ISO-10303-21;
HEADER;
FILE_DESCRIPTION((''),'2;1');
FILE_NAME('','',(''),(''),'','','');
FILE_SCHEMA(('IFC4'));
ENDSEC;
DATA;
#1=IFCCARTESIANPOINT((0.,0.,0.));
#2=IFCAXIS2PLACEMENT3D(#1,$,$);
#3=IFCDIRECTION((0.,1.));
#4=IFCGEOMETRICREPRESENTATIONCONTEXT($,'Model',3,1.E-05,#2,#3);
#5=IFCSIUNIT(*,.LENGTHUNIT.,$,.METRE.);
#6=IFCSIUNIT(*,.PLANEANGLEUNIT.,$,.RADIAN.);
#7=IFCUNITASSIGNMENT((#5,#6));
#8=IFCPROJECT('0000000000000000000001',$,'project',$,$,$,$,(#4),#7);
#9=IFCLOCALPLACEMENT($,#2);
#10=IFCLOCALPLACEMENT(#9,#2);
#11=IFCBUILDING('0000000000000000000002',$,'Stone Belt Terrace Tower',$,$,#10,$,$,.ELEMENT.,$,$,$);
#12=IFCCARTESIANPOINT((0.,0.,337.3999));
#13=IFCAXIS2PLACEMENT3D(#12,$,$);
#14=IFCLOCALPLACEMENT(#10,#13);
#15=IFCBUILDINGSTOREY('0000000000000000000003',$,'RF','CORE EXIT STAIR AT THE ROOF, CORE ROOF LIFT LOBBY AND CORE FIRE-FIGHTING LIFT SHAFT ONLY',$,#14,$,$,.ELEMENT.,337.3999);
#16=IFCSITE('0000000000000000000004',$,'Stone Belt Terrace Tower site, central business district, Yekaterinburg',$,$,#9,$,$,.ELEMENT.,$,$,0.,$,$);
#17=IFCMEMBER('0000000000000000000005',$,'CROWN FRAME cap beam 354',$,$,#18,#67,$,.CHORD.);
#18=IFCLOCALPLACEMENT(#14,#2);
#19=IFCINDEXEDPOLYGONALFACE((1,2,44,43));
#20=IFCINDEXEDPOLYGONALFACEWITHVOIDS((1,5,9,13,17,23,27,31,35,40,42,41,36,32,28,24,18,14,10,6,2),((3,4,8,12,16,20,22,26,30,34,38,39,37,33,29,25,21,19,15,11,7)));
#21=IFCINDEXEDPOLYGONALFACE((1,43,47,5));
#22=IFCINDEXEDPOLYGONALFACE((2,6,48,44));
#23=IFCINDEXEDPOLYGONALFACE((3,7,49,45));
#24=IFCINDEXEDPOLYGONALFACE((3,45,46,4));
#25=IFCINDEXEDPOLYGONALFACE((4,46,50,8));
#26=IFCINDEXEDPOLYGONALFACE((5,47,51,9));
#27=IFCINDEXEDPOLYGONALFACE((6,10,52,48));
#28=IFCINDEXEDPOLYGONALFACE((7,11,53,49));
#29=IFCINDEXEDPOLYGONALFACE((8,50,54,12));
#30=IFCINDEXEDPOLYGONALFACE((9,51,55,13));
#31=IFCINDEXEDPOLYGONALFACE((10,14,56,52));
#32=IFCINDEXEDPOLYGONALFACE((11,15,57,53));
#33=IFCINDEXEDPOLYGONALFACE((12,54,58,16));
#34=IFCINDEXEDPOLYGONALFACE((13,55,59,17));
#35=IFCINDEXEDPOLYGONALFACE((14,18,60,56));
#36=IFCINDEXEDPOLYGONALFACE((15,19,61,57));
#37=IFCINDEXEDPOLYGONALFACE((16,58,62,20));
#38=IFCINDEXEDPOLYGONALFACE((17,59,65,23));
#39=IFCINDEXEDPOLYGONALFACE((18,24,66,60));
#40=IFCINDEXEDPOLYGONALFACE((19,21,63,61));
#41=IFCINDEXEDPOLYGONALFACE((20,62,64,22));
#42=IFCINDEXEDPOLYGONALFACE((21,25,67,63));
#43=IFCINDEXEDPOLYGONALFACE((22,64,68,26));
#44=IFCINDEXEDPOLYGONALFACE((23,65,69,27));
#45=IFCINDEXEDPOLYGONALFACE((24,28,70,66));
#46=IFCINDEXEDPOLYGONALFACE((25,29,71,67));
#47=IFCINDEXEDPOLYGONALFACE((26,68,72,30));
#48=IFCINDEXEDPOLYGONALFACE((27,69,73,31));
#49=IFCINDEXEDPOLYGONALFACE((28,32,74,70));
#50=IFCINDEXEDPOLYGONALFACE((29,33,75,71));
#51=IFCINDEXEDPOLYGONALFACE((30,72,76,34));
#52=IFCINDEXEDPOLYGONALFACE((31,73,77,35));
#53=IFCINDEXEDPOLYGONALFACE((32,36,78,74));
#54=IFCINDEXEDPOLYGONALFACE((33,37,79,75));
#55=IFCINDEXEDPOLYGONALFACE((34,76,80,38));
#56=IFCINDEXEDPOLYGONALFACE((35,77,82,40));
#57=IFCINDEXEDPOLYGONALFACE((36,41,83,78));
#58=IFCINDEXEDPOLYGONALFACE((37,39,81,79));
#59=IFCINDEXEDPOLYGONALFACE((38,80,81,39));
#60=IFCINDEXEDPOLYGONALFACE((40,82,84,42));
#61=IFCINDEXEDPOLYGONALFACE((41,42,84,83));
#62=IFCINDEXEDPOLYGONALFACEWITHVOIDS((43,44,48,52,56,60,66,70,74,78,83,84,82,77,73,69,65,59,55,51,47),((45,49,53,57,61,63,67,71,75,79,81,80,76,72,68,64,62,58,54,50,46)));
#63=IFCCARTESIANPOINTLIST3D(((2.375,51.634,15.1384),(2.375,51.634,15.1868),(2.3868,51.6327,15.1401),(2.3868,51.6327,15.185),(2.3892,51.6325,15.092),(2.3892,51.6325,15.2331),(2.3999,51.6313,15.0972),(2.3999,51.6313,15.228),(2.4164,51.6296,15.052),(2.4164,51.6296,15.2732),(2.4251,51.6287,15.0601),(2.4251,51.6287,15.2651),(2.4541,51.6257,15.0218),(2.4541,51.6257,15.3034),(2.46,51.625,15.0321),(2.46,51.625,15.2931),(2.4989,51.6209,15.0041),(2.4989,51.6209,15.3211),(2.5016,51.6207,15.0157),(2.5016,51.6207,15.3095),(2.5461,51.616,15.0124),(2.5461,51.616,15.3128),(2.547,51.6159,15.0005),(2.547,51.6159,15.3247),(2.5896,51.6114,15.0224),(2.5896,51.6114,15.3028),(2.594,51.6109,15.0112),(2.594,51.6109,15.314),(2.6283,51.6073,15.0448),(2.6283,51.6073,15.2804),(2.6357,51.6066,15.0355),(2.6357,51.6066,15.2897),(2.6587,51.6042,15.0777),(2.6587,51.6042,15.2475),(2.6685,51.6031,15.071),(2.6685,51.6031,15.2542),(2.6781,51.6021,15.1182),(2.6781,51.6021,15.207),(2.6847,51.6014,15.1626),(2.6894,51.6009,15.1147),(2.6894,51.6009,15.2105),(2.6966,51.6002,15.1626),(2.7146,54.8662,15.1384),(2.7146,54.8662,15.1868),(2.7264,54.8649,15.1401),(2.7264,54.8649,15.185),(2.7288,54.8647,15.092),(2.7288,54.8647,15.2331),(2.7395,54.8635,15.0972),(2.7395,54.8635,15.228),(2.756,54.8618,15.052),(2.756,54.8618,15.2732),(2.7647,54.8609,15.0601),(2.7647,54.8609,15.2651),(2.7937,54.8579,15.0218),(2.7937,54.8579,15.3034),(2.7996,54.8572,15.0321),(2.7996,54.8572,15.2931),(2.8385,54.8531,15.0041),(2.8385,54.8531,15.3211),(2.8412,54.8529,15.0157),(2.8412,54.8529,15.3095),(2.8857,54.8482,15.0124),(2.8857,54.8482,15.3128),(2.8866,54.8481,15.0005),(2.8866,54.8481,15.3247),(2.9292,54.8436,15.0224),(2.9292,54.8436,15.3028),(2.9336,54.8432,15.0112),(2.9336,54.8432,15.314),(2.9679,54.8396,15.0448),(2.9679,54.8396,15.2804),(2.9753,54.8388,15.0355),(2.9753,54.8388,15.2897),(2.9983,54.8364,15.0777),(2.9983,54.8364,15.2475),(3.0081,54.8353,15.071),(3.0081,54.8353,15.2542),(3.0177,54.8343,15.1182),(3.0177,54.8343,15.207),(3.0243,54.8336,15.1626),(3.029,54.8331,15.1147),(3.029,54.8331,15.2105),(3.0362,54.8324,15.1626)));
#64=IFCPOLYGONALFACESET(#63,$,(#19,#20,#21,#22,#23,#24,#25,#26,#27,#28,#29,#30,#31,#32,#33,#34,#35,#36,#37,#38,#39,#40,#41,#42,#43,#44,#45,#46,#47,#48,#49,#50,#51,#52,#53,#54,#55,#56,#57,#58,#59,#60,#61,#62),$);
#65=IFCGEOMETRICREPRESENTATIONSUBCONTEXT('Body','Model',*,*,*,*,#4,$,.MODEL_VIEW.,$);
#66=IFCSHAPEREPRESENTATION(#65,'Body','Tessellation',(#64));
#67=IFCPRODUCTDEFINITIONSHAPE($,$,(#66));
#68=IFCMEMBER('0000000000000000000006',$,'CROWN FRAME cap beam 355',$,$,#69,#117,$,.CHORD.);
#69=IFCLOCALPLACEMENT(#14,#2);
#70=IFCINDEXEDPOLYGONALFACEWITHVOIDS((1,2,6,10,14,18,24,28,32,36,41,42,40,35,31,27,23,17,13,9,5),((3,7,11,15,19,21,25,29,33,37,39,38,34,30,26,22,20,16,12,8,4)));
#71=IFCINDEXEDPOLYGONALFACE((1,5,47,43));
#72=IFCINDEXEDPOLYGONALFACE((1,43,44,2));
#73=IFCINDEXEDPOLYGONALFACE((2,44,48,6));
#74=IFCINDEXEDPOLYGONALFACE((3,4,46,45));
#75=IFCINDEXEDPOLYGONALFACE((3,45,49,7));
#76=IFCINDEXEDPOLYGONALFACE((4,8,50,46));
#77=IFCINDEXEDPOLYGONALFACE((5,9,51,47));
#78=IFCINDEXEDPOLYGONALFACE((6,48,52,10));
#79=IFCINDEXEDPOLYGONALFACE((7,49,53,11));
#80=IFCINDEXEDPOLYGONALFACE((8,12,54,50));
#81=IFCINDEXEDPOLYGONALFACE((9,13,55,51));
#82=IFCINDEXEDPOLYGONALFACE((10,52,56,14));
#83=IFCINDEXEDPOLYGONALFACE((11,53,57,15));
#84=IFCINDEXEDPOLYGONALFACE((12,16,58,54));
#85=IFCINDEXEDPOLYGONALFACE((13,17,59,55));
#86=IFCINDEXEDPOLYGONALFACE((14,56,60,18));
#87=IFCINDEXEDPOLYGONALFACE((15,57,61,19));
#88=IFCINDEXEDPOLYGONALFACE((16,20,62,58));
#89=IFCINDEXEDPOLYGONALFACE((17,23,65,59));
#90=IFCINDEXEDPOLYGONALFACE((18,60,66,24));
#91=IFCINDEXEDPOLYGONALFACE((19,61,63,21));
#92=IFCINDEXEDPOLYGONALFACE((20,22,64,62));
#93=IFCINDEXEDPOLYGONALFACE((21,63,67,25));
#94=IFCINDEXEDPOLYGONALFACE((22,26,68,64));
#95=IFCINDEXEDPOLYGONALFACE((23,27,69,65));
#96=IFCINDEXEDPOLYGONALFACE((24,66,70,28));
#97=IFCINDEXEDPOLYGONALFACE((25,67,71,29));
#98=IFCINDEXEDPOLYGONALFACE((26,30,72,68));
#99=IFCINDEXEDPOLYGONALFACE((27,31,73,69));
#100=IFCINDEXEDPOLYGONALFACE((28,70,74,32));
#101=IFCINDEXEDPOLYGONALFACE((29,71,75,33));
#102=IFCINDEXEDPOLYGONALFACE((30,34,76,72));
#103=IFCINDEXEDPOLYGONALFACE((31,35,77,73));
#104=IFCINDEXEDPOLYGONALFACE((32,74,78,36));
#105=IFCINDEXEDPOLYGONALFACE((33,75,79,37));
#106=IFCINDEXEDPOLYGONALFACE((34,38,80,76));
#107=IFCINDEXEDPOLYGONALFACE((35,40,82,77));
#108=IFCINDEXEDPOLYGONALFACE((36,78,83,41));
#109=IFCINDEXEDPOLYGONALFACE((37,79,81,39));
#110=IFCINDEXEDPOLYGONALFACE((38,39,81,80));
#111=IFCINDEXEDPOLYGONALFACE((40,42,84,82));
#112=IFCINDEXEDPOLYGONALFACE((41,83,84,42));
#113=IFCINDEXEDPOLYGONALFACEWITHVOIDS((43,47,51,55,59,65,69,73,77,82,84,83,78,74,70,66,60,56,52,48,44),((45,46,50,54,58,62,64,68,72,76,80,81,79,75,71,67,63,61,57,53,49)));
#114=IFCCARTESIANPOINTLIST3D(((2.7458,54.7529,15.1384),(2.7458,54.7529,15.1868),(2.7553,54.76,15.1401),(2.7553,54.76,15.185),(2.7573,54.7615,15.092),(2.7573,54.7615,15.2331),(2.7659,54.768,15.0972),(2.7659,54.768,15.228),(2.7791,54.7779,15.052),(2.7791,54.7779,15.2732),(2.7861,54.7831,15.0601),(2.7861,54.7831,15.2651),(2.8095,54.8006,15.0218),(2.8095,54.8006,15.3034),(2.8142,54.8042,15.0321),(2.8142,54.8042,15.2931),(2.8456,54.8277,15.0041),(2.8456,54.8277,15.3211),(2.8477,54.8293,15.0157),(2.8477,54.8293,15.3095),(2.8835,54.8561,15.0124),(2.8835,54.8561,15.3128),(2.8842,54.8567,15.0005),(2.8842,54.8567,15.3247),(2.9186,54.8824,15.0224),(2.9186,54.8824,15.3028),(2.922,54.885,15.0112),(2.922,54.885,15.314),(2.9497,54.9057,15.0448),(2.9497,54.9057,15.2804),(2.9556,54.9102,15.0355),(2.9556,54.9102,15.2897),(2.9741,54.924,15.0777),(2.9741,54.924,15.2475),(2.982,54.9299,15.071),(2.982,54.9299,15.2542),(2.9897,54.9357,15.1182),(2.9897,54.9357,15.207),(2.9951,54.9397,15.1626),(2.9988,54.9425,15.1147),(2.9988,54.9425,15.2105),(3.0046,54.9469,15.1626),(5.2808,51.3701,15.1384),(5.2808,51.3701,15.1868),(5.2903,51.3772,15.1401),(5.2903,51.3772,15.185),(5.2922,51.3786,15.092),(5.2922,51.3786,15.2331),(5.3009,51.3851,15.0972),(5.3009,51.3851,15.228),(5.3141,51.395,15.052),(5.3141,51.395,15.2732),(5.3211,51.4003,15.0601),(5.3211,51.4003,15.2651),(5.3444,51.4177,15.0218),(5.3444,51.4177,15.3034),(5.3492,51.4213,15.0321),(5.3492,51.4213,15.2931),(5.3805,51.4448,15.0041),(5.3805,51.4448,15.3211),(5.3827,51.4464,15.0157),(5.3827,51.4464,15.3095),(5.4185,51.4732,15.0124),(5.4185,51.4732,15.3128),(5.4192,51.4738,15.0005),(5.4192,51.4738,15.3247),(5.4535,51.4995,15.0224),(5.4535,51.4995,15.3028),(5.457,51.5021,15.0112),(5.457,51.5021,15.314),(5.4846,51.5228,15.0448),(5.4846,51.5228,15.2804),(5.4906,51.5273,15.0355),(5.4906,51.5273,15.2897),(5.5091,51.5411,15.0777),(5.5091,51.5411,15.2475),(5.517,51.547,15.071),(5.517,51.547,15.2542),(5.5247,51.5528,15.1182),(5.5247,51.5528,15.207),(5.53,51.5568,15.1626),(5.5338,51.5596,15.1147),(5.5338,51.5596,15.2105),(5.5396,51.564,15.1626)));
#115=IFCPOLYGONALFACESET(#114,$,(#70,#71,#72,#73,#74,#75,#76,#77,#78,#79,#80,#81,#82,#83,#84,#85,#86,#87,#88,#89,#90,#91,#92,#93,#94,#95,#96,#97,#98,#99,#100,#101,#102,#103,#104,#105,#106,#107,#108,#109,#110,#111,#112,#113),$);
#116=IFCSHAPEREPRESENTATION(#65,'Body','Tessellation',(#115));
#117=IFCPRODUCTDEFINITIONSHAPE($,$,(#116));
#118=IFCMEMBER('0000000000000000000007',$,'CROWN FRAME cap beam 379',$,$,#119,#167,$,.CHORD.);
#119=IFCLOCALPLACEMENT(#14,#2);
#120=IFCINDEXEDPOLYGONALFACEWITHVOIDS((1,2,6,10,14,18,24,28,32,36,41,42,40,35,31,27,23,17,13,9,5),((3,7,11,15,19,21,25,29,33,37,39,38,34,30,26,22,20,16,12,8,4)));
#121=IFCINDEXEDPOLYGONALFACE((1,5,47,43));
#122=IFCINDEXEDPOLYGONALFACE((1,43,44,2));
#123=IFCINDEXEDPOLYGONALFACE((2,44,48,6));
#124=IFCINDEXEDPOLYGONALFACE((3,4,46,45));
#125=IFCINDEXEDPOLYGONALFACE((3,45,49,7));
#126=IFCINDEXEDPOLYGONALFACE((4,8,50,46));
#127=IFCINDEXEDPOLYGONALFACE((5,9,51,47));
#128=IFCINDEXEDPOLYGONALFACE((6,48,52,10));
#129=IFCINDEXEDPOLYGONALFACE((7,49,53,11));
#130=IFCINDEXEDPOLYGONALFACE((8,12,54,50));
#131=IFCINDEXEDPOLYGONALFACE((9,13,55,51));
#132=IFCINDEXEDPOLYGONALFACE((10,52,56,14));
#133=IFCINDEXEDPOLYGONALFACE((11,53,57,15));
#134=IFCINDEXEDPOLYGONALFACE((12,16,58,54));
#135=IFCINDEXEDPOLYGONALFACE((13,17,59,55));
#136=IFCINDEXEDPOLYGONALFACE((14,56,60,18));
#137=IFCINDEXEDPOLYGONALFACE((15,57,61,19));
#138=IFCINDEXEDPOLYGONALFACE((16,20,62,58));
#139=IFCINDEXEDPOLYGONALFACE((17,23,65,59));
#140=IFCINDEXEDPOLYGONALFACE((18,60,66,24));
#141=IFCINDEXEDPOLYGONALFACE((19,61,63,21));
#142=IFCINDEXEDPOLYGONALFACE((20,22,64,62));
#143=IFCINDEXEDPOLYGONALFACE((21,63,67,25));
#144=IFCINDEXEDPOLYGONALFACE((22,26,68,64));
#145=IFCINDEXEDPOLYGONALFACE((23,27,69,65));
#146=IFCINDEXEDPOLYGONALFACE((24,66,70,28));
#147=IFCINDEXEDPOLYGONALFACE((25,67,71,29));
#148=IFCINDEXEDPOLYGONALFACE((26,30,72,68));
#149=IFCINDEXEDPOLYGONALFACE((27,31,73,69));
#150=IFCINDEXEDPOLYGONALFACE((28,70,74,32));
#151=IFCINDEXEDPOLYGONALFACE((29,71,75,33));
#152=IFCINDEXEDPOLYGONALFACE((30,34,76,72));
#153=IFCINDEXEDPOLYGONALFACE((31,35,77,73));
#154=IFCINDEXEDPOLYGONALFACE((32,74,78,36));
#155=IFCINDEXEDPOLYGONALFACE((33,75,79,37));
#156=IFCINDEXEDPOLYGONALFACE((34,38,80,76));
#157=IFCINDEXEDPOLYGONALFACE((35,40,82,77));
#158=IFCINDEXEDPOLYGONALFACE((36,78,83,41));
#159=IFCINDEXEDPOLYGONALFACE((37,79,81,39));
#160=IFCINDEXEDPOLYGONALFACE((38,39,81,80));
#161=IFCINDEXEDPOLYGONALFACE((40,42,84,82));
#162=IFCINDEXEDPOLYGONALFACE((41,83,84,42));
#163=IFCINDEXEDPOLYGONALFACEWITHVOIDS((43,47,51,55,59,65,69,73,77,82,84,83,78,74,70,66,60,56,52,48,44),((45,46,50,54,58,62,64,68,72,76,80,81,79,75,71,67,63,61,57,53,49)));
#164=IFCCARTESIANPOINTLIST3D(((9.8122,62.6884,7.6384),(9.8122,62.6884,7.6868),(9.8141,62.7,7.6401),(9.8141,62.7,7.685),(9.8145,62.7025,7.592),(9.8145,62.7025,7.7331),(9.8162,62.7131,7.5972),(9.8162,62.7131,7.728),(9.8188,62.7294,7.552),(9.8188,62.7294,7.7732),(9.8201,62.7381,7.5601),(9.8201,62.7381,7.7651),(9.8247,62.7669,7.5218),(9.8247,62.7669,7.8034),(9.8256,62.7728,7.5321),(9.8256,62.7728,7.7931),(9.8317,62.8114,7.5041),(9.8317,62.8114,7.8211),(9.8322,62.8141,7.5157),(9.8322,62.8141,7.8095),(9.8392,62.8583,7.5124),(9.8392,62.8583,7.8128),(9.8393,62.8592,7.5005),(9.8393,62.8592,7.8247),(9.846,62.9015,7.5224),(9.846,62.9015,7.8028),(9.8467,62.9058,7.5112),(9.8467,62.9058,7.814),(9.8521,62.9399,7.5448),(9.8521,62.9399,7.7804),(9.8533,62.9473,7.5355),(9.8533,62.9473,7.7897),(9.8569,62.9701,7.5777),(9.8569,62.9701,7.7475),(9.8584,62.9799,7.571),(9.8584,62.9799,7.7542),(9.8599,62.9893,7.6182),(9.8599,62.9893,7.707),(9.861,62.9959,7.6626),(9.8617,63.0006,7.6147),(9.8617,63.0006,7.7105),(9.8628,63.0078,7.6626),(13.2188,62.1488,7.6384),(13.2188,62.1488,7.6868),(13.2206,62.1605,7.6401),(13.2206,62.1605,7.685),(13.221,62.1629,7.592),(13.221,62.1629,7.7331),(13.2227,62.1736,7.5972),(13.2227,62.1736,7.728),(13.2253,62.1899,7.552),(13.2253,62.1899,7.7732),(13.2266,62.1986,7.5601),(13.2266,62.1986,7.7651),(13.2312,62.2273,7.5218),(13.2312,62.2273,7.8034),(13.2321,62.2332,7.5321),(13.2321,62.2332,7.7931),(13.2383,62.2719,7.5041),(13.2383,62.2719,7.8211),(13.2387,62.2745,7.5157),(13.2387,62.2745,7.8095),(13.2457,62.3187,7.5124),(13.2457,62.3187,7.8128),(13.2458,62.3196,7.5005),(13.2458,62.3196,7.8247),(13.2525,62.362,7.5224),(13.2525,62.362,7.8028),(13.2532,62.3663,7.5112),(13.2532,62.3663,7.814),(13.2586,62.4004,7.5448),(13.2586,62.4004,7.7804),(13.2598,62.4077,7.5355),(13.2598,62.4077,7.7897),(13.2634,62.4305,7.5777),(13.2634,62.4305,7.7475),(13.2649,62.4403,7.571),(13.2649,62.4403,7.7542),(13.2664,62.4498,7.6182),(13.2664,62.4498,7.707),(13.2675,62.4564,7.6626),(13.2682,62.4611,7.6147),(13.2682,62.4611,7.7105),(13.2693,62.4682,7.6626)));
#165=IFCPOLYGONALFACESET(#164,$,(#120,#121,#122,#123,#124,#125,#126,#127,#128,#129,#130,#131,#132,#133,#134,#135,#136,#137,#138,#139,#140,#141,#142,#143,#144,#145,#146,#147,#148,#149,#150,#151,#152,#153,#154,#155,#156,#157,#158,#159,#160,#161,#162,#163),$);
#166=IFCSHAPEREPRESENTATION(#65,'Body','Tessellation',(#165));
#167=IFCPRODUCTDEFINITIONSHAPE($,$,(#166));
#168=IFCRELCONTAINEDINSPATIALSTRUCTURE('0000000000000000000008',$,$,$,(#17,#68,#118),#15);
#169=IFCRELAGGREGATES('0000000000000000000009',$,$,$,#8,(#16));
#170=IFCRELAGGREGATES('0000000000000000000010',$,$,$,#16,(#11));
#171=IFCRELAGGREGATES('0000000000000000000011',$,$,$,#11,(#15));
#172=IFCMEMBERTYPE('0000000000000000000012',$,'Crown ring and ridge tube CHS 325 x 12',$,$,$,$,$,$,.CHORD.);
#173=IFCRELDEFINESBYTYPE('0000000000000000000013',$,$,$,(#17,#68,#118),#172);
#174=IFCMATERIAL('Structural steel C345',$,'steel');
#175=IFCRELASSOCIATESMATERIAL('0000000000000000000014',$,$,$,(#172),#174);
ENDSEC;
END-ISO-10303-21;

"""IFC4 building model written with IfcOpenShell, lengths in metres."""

from ifc_helpers import new_model, si_unit, direction, frame, origin, origin_2d, place, context, subcontext, project, spatial, hollow_circle, extrude, material, material_profile, profile_set, type_object, element, save


model = new_model("IFC4")

# Units and contexts
model_context = context("Model", 3, precision=1e-05, world=origin(), true_north=direction((0.0, 1.0)))
body_context = subcontext(model_context, "Body", "Model", "MODEL_VIEW")
ifc_project = project(units=[si_unit("LENGTHUNIT", "METRE"), si_unit("PLANEANGLEUNIT", "RADIAN")], contexts=[model_context])

# Site, building, storey
site_placement = place(None, origin())
site = spatial("IfcSite", under=ifc_project, at=site_placement, Name="Stone Belt Terrace Tower site, central business district, Yekaterinburg", CompositionType="ELEMENT", RefElevation=0.0)
building_placement = place(site_placement, origin())
building = spatial("IfcBuilding", under=site, at=building_placement, Name="Stone Belt Terrace Tower", CompositionType="ELEMENT")
storey_placement = place(building_placement, frame((0.0, 0.0, 337.3999)))
storey = spatial("IfcBuildingStorey", under=building, at=storey_placement, Name="RF", Description="CORE EXIT STAIR AT THE ROOF, CORE ROOF LIFT LOBBY AND CORE FIRE-FIGHTING LIFT SHAFT ONLY", CompositionType="ELEMENT", Elevation=337.3999)

# Members
ifc_material_1 = material(Name="Structural steel C345", Category="steel")
ifc_material_profile_1 = material_profile(ifc_material_1, hollow_circle(Radius=0.1626, WallThickness=0.012, at=origin_2d()), Name="Structural steel C345 CHS 325x12")
ifc_profile_set_1 = profile_set([ifc_material_profile_1], Name="Structural steel C345")
member_type_1 = type_object("IfcMemberType", Name="Crown ring and ridge tube CHS 325 x 12", PredefinedType="CHORD", material=ifc_profile_set_1)
member_1_placement = place(storey_placement, frame((2.8745, 54.8494, 15.1626), z_axis=(-0.104493, -0.994526, 0.0), x_axis=(0.994526, -0.104493, 0.0)))
element("IfcMember", 1, at=member_1_placement, inside=storey, type_object=member_type_1, Name="CROWN FRAME cap beam 354", PredefinedType="CHORD", context=body_context, shape_type="SweptSolid", body=[
    extrude(hollow_circle(Radius=0.1626, WallThickness=0.012, at=origin_2d()), origin(), (0.0, 0.0, 1.0), 3.25),
])
member_2_placement = place(storey_placement, frame((2.8745, 54.8494, 15.1626), z_axis=(0.599667, -0.800249, 0.0), x_axis=(0.800249, 0.599667, 0.0)))
element("IfcMember", 2, at=member_2_placement, inside=storey, type_object=member_type_1, Name="CROWN FRAME cap beam 355", PredefinedType="CHORD", context=body_context, shape_type="SweptSolid", body=[
    extrude(hollow_circle(Radius=0.1626, WallThickness=0.012, at=origin_2d()), origin(), (0.0, 0.0, 1.0), 4.2273),
])
member_3_placement = place(storey_placement, frame((9.8374, 62.8472, 7.6626), z_axis=(0.987688, -0.156439, 0.0), x_axis=(0.156439, 0.987688, 0.0)))
element("IfcMember", 3, at=member_3_placement, inside=storey, type_object=member_type_1, Name="CROWN FRAME cap beam 379", PredefinedType="CHORD", context=body_context, shape_type="SweptSolid", body=[
    extrude(hollow_circle(Radius=0.1626, WallThickness=0.012, at=origin_2d()), origin(), (0.0, 0.0, 1.0), 3.449),
])

save(model, "model.ifc")
